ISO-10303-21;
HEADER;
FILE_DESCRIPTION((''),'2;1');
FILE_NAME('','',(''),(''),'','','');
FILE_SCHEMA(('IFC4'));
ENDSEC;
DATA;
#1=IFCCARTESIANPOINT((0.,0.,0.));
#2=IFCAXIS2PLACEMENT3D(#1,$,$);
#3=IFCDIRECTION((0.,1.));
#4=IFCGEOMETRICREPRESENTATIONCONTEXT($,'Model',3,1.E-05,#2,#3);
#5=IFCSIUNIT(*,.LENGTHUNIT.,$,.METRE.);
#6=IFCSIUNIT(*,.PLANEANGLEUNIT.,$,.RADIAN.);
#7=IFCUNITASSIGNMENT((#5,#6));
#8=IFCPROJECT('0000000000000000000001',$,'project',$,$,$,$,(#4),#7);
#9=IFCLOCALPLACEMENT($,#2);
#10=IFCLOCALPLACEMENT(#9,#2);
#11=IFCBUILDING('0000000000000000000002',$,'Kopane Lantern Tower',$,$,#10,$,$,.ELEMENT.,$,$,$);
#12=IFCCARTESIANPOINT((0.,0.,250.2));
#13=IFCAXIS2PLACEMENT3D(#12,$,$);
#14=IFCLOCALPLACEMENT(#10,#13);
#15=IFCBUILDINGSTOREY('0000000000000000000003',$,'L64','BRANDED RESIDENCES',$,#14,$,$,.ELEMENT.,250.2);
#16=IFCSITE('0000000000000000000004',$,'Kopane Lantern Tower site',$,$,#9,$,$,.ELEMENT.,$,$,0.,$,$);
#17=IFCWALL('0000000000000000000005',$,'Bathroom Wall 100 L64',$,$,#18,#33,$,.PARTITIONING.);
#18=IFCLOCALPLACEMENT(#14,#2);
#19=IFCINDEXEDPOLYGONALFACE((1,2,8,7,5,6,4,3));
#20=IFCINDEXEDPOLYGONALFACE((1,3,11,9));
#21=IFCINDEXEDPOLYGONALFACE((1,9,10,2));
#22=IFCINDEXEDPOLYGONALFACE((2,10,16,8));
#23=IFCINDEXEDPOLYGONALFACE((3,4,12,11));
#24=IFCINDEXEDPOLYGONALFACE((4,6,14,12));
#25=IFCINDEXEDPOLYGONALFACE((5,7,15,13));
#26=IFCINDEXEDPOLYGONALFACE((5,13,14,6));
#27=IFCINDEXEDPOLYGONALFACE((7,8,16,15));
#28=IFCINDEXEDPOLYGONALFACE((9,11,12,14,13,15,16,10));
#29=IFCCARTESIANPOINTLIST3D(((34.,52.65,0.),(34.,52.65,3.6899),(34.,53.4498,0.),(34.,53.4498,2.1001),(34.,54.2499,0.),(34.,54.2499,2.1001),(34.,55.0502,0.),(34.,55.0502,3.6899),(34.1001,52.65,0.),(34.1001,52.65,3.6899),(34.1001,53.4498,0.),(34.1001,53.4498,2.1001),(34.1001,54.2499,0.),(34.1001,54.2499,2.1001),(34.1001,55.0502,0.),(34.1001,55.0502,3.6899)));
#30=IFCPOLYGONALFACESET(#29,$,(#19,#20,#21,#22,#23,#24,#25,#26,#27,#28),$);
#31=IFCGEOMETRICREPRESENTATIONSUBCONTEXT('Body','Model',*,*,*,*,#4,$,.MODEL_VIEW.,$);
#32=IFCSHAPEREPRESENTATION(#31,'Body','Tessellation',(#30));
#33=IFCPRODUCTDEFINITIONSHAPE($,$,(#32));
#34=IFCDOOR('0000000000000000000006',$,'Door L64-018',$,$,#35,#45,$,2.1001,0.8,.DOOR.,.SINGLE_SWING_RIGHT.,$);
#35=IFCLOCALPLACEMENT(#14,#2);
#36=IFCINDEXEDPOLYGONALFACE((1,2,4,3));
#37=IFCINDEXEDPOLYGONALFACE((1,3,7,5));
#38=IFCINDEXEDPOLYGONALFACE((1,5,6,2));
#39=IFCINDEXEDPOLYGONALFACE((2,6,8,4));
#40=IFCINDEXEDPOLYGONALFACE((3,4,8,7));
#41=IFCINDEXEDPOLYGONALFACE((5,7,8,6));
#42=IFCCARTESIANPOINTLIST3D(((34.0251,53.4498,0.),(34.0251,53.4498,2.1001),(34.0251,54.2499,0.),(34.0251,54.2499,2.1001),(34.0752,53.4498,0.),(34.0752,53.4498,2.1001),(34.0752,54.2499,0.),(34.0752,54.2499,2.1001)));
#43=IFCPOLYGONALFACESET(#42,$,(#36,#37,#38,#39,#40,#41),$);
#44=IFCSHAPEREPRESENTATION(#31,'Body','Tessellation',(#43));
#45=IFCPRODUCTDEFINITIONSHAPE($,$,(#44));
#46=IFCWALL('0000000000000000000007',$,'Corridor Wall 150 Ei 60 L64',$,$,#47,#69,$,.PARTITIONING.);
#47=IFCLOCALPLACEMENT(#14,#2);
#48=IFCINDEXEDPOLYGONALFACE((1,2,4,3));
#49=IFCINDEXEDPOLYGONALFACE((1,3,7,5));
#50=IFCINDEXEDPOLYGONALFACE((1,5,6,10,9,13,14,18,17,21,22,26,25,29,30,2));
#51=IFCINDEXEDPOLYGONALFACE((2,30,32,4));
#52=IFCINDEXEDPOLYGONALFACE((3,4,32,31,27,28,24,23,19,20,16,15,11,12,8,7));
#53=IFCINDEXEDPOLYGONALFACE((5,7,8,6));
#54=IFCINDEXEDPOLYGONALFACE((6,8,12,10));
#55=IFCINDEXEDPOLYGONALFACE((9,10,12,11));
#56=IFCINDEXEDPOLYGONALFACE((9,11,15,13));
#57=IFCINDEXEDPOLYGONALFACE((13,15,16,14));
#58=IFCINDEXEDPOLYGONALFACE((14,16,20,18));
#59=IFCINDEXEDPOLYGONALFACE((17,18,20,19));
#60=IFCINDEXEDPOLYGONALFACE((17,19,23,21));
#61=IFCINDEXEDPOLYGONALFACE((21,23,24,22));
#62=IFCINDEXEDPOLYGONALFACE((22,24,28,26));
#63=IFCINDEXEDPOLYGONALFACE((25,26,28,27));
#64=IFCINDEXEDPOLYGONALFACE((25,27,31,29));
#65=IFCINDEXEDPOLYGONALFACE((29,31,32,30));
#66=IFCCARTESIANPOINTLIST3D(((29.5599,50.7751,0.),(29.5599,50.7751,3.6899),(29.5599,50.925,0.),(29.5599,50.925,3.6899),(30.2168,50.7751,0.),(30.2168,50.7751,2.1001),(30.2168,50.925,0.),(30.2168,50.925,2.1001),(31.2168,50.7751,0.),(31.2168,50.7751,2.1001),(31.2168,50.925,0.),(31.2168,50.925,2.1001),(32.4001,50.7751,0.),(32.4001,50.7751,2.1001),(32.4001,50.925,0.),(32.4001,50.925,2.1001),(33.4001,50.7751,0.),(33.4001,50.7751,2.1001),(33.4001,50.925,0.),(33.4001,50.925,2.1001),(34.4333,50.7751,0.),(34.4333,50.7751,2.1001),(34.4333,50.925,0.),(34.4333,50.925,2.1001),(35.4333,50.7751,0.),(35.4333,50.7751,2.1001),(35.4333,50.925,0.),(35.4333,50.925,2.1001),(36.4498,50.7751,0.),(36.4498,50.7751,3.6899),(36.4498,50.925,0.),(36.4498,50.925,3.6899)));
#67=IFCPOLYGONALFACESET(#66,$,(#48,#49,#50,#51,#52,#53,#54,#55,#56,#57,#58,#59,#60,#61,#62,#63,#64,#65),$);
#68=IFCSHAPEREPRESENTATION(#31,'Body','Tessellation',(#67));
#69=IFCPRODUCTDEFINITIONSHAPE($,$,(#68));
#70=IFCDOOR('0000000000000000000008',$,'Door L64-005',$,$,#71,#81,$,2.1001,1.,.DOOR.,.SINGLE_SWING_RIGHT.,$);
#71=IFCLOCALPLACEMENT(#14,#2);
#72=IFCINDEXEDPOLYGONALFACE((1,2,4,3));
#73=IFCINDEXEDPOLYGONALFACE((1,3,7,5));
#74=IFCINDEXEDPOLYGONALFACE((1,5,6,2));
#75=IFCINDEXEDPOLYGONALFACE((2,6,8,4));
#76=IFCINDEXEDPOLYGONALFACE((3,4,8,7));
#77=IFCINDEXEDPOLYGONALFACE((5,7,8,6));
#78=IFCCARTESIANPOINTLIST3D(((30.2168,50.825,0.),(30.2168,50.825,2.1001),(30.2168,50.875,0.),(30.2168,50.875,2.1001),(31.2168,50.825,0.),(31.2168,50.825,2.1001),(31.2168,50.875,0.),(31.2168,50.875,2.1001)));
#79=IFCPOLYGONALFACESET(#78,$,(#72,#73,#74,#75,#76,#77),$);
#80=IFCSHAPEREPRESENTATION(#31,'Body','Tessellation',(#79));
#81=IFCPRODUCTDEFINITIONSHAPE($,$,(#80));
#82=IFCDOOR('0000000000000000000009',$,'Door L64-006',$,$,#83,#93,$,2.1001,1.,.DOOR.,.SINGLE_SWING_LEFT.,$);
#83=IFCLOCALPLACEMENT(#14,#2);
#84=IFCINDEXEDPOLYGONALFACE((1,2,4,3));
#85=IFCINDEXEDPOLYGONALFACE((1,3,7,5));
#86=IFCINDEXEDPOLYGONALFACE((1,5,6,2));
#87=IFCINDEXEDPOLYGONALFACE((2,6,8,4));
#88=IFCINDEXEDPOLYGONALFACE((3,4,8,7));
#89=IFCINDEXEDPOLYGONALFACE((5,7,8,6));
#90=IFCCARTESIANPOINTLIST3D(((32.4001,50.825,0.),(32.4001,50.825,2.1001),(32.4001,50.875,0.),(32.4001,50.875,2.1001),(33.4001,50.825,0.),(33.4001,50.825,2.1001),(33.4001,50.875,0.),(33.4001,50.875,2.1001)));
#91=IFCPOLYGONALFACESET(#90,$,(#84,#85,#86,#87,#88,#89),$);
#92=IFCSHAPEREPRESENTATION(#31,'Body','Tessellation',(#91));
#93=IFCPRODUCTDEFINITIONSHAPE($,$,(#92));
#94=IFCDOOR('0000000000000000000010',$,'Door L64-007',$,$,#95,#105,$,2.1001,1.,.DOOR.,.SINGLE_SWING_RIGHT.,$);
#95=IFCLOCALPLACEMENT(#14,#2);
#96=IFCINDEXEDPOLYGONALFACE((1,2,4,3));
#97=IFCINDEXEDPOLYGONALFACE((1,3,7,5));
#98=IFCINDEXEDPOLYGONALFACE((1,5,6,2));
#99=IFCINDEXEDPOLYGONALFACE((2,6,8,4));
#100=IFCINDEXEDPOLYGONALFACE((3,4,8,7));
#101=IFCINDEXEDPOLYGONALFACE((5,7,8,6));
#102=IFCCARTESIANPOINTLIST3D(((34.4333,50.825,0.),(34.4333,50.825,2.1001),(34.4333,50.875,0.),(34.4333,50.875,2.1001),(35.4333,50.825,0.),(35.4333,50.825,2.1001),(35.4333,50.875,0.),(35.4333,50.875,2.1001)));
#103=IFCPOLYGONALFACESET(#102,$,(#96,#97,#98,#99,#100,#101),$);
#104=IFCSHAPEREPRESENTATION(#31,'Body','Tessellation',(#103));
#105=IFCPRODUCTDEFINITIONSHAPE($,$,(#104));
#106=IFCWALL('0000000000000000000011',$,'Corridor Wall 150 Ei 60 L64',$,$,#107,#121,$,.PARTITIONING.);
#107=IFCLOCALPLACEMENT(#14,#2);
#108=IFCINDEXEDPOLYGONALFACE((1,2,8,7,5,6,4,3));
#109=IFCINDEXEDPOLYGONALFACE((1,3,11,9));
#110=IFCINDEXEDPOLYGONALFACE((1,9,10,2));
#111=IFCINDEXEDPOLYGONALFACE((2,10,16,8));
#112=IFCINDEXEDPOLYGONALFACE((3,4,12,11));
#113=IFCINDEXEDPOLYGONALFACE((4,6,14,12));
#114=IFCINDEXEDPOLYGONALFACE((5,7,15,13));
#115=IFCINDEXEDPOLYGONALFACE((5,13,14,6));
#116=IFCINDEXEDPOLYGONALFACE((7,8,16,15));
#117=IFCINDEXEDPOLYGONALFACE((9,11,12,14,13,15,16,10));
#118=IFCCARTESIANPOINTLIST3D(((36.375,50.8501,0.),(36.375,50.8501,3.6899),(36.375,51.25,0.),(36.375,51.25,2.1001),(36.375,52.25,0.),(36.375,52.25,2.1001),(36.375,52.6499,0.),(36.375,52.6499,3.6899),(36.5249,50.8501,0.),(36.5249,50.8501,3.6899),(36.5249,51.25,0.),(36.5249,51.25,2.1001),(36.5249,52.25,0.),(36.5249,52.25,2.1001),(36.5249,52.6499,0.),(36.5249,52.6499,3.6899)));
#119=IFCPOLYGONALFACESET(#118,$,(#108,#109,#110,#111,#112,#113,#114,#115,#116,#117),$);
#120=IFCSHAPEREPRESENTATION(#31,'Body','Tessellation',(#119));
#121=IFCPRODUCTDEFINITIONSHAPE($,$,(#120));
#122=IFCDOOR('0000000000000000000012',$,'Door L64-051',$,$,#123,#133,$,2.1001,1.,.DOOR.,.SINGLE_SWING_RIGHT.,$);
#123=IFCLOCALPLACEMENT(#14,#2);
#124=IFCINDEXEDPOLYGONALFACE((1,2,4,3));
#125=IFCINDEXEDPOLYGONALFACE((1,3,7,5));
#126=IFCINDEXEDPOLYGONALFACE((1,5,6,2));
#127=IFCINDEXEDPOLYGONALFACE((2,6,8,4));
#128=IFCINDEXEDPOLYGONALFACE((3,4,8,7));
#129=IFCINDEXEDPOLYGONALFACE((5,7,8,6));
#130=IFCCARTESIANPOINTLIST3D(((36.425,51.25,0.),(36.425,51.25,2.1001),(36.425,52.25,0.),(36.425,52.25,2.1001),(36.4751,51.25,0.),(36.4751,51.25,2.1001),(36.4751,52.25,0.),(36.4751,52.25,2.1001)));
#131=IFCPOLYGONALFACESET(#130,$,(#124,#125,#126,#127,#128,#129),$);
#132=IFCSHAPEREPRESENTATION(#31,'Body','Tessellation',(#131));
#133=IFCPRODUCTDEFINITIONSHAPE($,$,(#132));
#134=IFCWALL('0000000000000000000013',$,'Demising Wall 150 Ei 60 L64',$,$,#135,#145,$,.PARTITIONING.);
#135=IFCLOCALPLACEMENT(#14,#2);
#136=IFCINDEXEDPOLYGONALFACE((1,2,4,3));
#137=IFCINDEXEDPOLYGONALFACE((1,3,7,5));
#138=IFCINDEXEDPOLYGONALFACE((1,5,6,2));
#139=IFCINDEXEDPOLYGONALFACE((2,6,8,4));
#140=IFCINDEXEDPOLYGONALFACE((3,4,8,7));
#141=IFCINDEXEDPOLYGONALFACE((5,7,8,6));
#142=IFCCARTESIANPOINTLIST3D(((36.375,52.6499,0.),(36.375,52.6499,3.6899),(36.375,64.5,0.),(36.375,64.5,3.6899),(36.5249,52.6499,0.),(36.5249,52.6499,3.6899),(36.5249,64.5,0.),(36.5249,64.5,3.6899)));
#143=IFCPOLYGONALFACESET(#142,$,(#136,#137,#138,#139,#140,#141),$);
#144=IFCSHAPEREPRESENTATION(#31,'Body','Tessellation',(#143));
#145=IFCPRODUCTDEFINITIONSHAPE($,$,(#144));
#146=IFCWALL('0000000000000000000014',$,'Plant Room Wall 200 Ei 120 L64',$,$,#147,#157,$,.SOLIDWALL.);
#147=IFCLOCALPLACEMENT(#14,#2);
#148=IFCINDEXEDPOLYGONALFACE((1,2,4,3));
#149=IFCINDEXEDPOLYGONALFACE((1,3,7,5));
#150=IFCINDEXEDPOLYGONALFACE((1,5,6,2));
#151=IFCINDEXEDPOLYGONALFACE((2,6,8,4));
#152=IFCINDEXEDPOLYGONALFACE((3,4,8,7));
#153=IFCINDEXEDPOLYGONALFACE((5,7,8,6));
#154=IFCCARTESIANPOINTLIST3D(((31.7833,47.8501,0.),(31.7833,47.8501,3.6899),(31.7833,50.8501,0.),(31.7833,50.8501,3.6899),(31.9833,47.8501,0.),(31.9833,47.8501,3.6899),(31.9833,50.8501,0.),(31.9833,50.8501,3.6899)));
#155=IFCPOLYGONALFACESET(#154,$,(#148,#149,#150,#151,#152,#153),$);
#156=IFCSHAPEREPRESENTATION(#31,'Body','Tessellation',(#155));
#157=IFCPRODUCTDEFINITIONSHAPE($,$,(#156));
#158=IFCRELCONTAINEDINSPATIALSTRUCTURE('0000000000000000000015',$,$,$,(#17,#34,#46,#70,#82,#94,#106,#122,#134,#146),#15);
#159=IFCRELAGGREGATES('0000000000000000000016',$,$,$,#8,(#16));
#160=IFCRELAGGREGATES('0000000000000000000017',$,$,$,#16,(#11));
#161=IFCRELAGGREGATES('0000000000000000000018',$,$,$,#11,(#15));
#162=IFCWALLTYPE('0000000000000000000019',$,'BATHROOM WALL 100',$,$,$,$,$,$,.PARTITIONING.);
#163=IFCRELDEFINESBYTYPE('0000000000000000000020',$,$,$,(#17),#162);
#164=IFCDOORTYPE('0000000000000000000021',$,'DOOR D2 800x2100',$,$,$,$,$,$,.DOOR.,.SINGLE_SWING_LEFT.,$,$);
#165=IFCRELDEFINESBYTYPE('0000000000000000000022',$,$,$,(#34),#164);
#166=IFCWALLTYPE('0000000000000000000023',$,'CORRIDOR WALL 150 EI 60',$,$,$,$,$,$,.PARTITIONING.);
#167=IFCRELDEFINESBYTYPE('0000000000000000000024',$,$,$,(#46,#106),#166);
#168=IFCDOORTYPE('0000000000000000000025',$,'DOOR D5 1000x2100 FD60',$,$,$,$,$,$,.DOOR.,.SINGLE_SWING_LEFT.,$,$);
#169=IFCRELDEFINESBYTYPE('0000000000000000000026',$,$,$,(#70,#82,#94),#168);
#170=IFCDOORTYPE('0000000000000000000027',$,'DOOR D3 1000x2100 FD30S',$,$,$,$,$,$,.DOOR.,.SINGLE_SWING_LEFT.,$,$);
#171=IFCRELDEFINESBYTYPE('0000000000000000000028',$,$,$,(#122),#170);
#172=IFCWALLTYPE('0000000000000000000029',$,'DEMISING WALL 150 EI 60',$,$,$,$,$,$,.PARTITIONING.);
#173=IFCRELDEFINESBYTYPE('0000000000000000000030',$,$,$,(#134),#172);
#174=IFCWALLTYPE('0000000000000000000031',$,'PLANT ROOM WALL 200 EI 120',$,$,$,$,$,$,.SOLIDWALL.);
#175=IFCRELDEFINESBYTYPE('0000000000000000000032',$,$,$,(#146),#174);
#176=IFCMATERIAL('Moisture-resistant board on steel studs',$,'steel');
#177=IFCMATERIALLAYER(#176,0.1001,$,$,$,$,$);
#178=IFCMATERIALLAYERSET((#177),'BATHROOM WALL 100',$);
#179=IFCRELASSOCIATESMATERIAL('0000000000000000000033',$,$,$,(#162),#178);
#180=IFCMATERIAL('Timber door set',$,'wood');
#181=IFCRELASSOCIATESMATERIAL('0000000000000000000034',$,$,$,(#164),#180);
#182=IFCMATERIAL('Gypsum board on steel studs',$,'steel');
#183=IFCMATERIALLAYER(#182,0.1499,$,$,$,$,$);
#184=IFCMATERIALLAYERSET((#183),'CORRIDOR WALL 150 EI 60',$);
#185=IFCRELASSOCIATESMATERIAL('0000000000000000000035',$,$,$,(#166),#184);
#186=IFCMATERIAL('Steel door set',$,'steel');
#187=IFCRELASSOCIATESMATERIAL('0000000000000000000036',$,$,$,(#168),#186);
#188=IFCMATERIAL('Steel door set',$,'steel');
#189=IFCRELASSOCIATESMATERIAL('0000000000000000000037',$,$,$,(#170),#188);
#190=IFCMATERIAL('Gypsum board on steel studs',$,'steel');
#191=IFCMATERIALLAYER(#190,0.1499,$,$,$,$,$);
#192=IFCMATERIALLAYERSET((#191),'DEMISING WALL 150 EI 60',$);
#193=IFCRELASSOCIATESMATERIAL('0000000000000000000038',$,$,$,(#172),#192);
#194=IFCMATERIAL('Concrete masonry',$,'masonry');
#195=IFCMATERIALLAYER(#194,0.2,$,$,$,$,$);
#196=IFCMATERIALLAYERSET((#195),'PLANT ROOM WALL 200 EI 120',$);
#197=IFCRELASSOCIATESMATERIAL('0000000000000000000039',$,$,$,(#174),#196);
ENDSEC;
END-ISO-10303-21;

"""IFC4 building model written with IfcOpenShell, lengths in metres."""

from ifc_helpers import new_model, si_unit, direction, frame, frame_2d, origin, place, context, subcontext, project, spatial, rectangle, extrude, material, layer, layer_set, type_object, element, fill, save


model = new_model("IFC4")

# Units and contexts
model_context = context("Model", 3, precision=1e-05, world=origin(), true_north=direction((0.0, 1.0)))
body_context = subcontext(model_context, "Body", "Model", "MODEL_VIEW")
ifc_project = project(units=[si_unit("LENGTHUNIT", "METRE"), si_unit("PLANEANGLEUNIT", "RADIAN")], contexts=[model_context])

# Site, building, storey
site_placement = place(None, origin())
site = spatial("IfcSite", under=ifc_project, at=site_placement, Name="Kopane Lantern Tower site", CompositionType="ELEMENT", RefElevation=0.0)
building_placement = place(site_placement, origin())
building = spatial("IfcBuilding", under=site, at=building_placement, Name="Kopane Lantern Tower", CompositionType="ELEMENT")
storey_placement = place(building_placement, frame((0.0, 0.0, 250.2)))
storey = spatial("IfcBuildingStorey", under=building, at=storey_placement, Name="L64", Description="BRANDED RESIDENCES", CompositionType="ELEMENT", Elevation=250.2)

# Wall, opening, door
ifc_material_1 = material(Name="Moisture-resistant board on steel studs", Category="steel")
ifc_layer_1 = layer(ifc_material_1, 0.1001)
ifc_layer_set_1 = layer_set([ifc_layer_1], Name="BATHROOM WALL 100")
wall_type_1 = type_object("IfcWallType", Name="BATHROOM WALL 100", PredefinedType="PARTITIONING", material=ifc_layer_set_1)
wall_1_placement = place(storey_placement, frame((34.05, 52.6499, 0.0), z_axis=(0.0, 0.0, 1.0), x_axis=(0.0, 1.0, 0.0)))
wall_1 = element("IfcWall", 1, at=wall_1_placement, inside=storey, type_object=wall_type_1, Name="Bathroom Wall 100 L64", PredefinedType="PARTITIONING", context=body_context, shape_type="SweptSolid", body=[
    extrude(rectangle(XDim=2.4001, YDim=0.1001, at=frame_2d((1.2002, 0.0))), origin(), (0.0, 0.0, 1.0), 3.6899),
])
opening_1_placement = place(wall_1_placement, frame((0.8, 0.0, 0.0)))
opening_1 = element("IfcOpeningElement", 2, at=opening_1_placement, cuts=wall_1, PredefinedType="OPENING", context=body_context, shape_type="SweptSolid", body=[
    extrude(rectangle(XDim=0.8, YDim=2.1001, at=frame_2d((0.3999, 1.05))), frame((0.0, 0.0601, 0.0), z_axis=(0.0, -1.0, 0.0), x_axis=(1.0, 0.0, 0.0)), (0.0, 0.0, 1.0), 0.1201),
])
ifc_material_2 = material(Name="Timber door set", Category="wood")
door_type_1 = type_object("IfcDoorType", Name="DOOR D2 800x2100", OperationType="SINGLE_SWING_LEFT", PredefinedType="DOOR", material=ifc_material_2)
door_1_placement = place(opening_1_placement, origin())
door_1 = element("IfcDoor", 3, at=door_1_placement, inside=storey, type_object=door_type_1, Name="Door L64-018", OperationType="SINGLE_SWING_RIGHT", OverallHeight=2.1001, OverallWidth=0.8, PredefinedType="DOOR", context=body_context, shape_type="SweptSolid", body=[
    extrude(rectangle(XDim=0.8, YDim=2.1001, at=frame_2d((0.3999, 1.05))), frame((0.0, 0.0249, 0.0), z_axis=(0.0, -1.0, 0.0), x_axis=(1.0, 0.0, 0.0)), (0.0, 0.0, 1.0), 0.05),
])
fill(opening_1, door_1)

# Wall, openings, doors
ifc_material_3 = material(Name="Gypsum board on steel studs", Category="steel")
ifc_layer_2 = layer(ifc_material_3, 0.1499)
ifc_layer_set_2 = layer_set([ifc_layer_2], Name="CORRIDOR WALL 150 EI 60")
wall_type_2 = type_object("IfcWallType", Name="CORRIDOR WALL 150 EI 60", PredefinedType="PARTITIONING", material=ifc_layer_set_2)
wall_2_placement = place(storey_placement, frame((29.5601, 50.8501, 0.0), z_axis=(0.0, 0.0, 1.0), x_axis=(1.0, 0.0, 0.0)))
wall_2 = element("IfcWall", 4, at=wall_2_placement, inside=storey, type_object=wall_type_2, Name="Corridor Wall 150 Ei 60 L64", PredefinedType="PARTITIONING", context=body_context, shape_type="SweptSolid", body=[
    extrude(rectangle(XDim=6.8899, YDim=0.1499, at=frame_2d((3.4448, 0.0))), origin(), (0.0, 0.0, 1.0), 3.6899),
])
opening_2_placement = place(wall_2_placement, frame((0.6567, 0.0, 0.0)))
opening_2 = element("IfcOpeningElement", 5, at=opening_2_placement, cuts=wall_2, PredefinedType="OPENING", context=body_context, shape_type="SweptSolid", body=[
    extrude(rectangle(XDim=1.0, YDim=2.1001, at=frame_2d((0.5, 1.05))), frame((0.0, 0.085, 0.0), z_axis=(0.0, -1.0, 0.0), x_axis=(1.0, 0.0, 0.0)), (0.0, 0.0, 1.0), 0.1699),
])
opening_3_placement = place(wall_2_placement, frame((2.8401, 0.0, 0.0)))
opening_3 = element("IfcOpeningElement", 6, at=opening_3_placement, cuts=wall_2, PredefinedType="OPENING", context=body_context, shape_type="SweptSolid", body=[
    extrude(rectangle(XDim=1.0, YDim=2.1001, at=frame_2d((0.5, 1.05))), frame((0.0, 0.085, 0.0), z_axis=(0.0, -1.0, 0.0), x_axis=(1.0, 0.0, 0.0)), (0.0, 0.0, 1.0), 0.1699),
])
opening_4_placement = place(wall_2_placement, frame((4.8733, 0.0, 0.0)))
opening_4 = element("IfcOpeningElement", 7, at=opening_4_placement, cuts=wall_2, PredefinedType="OPENING", context=body_context, shape_type="SweptSolid", body=[
    extrude(rectangle(XDim=1.0, YDim=2.1001, at=frame_2d((0.5, 1.05))), frame((0.0, 0.085, 0.0), z_axis=(0.0, -1.0, 0.0), x_axis=(1.0, 0.0, 0.0)), (0.0, 0.0, 1.0), 0.1699),
])
ifc_material_4 = material(Name="Steel door set", Category="steel")
door_type_2 = type_object("IfcDoorType", Name="DOOR D5 1000x2100 FD60", OperationType="SINGLE_SWING_LEFT", PredefinedType="DOOR", material=ifc_material_4)
door_2_placement = place(opening_2_placement, origin())
door_2 = element("IfcDoor", 8, at=door_2_placement, inside=storey, type_object=door_type_2, Name="Door L64-005", OperationType="SINGLE_SWING_RIGHT", OverallHeight=2.1001, OverallWidth=1.0, PredefinedType="DOOR", context=body_context, shape_type="SweptSolid", body=[
    extrude(rectangle(XDim=1.0, YDim=2.1001, at=frame_2d((0.5, 1.05))), frame((0.0, 0.0249, 0.0), z_axis=(0.0, -1.0, 0.0), x_axis=(1.0, 0.0, 0.0)), (0.0, 0.0, 1.0), 0.05),
])
fill(opening_2, door_2)
door_3_placement = place(opening_3_placement, origin())
door_3 = element("IfcDoor", 9, at=door_3_placement, inside=storey, type_object=door_type_2, Name="Door L64-006", OperationType="SINGLE_SWING_LEFT", OverallHeight=2.1001, OverallWidth=1.0, PredefinedType="DOOR", context=body_context, shape_type="SweptSolid", body=[
    extrude(rectangle(XDim=1.0, YDim=2.1001, at=frame_2d((0.5, 1.05))), frame((0.0, 0.0249, 0.0), z_axis=(0.0, -1.0, 0.0), x_axis=(1.0, 0.0, 0.0)), (0.0, 0.0, 1.0), 0.05),
])
fill(opening_3, door_3)
door_4_placement = place(opening_4_placement, origin())
door_4 = element("IfcDoor", 10, at=door_4_placement, inside=storey, type_object=door_type_2, Name="Door L64-007", OperationType="SINGLE_SWING_RIGHT", OverallHeight=2.1001, OverallWidth=1.0, PredefinedType="DOOR", context=body_context, shape_type="SweptSolid", body=[
    extrude(rectangle(XDim=1.0, YDim=2.1001, at=frame_2d((0.5, 1.05))), frame((0.0, 0.0249, 0.0), z_axis=(0.0, -1.0, 0.0), x_axis=(1.0, 0.0, 0.0)), (0.0, 0.0, 1.0), 0.05),
])
fill(opening_4, door_4)

# Wall, opening, door
wall_3_placement = place(storey_placement, frame((36.45, 50.8501, 0.0), z_axis=(0.0, 0.0, 1.0), x_axis=(0.0, 1.0, 0.0)))
wall_3 = element("IfcWall", 11, at=wall_3_placement, inside=storey, type_object=wall_type_2, Name="Corridor Wall 150 Ei 60 L64", PredefinedType="PARTITIONING", context=body_context, shape_type="SweptSolid", body=[
    extrude(rectangle(XDim=1.7998, YDim=0.1499, at=frame_2d((0.8999, 0.0))), origin(), (0.0, 0.0, 1.0), 3.6899),
])
opening_5_placement = place(wall_3_placement, frame((0.3999, 0.0, 0.0)))
opening_5 = element("IfcOpeningElement", 12, at=opening_5_placement, cuts=wall_3, PredefinedType="OPENING", context=body_context, shape_type="SweptSolid", body=[
    extrude(rectangle(XDim=1.0, YDim=2.1001, at=frame_2d((0.5, 1.05))), frame((0.0, 0.085, 0.0), z_axis=(0.0, -1.0, 0.0), x_axis=(1.0, 0.0, 0.0)), (0.0, 0.0, 1.0), 0.1699),
])
ifc_material_5 = material(Name="Steel door set", Category="steel")
door_type_3 = type_object("IfcDoorType", Name="DOOR D3 1000x2100 FD30S", OperationType="SINGLE_SWING_LEFT", PredefinedType="DOOR", material=ifc_material_5)
door_5_placement = place(opening_5_placement, origin())
door_5 = element("IfcDoor", 13, at=door_5_placement, inside=storey, type_object=door_type_3, Name="Door L64-051", OperationType="SINGLE_SWING_RIGHT", OverallHeight=2.1001, OverallWidth=1.0, PredefinedType="DOOR", context=body_context, shape_type="SweptSolid", body=[
    extrude(rectangle(XDim=1.0, YDim=2.1001, at=frame_2d((0.5, 1.05))), frame((0.0, 0.0249, 0.0), z_axis=(0.0, -1.0, 0.0), x_axis=(1.0, 0.0, 0.0)), (0.0, 0.0, 1.0), 0.05),
])
fill(opening_5, door_5)

# Walls
ifc_material_6 = material(Name="Gypsum board on steel studs", Category="steel")
ifc_layer_3 = layer(ifc_material_6, 0.1499)
ifc_layer_set_3 = layer_set([ifc_layer_3], Name="DEMISING WALL 150 EI 60")
wall_type_3 = type_object("IfcWallType", Name="DEMISING WALL 150 EI 60", PredefinedType="PARTITIONING", material=ifc_layer_set_3)
wall_4_placement = place(storey_placement, frame((36.45, 64.5, 0.0), z_axis=(0.0, 0.0, 1.0), x_axis=(0.0, -1.0, 0.0)))
element("IfcWall", 14, at=wall_4_placement, inside=storey, type_object=wall_type_3, Name="Demising Wall 150 Ei 60 L64", PredefinedType="PARTITIONING", context=body_context, shape_type="SweptSolid", body=[
    extrude(rectangle(XDim=11.8501, YDim=0.1499, at=frame_2d((5.925, 0.0))), origin(), (0.0, 0.0, 1.0), 3.6899),
])
ifc_material_7 = material(Name="Concrete masonry", Category="masonry")
ifc_layer_4 = layer(ifc_material_7, 0.2)
ifc_layer_set_4 = layer_set([ifc_layer_4], Name="PLANT ROOM WALL 200 EI 120")
wall_type_4 = type_object("IfcWallType", Name="PLANT ROOM WALL 200 EI 120", PredefinedType="SOLIDWALL", material=ifc_layer_set_4)
wall_5_placement = place(storey_placement, frame((31.8833, 50.8501, 0.0), z_axis=(0.0, 0.0, 1.0), x_axis=(0.0, -1.0, 0.0)))
element("IfcWall", 15, at=wall_5_placement, inside=storey, type_object=wall_type_4, Name="Plant Room Wall 200 Ei 120 L64", PredefinedType="SOLIDWALL", context=body_context, shape_type="SweptSolid", body=[
    extrude(rectangle(XDim=3.0, YDim=0.2, at=frame_2d((1.5, 0.0))), origin(), (0.0, 0.0, 1.0), 3.6899),
])

save(model, "model.ifc")
